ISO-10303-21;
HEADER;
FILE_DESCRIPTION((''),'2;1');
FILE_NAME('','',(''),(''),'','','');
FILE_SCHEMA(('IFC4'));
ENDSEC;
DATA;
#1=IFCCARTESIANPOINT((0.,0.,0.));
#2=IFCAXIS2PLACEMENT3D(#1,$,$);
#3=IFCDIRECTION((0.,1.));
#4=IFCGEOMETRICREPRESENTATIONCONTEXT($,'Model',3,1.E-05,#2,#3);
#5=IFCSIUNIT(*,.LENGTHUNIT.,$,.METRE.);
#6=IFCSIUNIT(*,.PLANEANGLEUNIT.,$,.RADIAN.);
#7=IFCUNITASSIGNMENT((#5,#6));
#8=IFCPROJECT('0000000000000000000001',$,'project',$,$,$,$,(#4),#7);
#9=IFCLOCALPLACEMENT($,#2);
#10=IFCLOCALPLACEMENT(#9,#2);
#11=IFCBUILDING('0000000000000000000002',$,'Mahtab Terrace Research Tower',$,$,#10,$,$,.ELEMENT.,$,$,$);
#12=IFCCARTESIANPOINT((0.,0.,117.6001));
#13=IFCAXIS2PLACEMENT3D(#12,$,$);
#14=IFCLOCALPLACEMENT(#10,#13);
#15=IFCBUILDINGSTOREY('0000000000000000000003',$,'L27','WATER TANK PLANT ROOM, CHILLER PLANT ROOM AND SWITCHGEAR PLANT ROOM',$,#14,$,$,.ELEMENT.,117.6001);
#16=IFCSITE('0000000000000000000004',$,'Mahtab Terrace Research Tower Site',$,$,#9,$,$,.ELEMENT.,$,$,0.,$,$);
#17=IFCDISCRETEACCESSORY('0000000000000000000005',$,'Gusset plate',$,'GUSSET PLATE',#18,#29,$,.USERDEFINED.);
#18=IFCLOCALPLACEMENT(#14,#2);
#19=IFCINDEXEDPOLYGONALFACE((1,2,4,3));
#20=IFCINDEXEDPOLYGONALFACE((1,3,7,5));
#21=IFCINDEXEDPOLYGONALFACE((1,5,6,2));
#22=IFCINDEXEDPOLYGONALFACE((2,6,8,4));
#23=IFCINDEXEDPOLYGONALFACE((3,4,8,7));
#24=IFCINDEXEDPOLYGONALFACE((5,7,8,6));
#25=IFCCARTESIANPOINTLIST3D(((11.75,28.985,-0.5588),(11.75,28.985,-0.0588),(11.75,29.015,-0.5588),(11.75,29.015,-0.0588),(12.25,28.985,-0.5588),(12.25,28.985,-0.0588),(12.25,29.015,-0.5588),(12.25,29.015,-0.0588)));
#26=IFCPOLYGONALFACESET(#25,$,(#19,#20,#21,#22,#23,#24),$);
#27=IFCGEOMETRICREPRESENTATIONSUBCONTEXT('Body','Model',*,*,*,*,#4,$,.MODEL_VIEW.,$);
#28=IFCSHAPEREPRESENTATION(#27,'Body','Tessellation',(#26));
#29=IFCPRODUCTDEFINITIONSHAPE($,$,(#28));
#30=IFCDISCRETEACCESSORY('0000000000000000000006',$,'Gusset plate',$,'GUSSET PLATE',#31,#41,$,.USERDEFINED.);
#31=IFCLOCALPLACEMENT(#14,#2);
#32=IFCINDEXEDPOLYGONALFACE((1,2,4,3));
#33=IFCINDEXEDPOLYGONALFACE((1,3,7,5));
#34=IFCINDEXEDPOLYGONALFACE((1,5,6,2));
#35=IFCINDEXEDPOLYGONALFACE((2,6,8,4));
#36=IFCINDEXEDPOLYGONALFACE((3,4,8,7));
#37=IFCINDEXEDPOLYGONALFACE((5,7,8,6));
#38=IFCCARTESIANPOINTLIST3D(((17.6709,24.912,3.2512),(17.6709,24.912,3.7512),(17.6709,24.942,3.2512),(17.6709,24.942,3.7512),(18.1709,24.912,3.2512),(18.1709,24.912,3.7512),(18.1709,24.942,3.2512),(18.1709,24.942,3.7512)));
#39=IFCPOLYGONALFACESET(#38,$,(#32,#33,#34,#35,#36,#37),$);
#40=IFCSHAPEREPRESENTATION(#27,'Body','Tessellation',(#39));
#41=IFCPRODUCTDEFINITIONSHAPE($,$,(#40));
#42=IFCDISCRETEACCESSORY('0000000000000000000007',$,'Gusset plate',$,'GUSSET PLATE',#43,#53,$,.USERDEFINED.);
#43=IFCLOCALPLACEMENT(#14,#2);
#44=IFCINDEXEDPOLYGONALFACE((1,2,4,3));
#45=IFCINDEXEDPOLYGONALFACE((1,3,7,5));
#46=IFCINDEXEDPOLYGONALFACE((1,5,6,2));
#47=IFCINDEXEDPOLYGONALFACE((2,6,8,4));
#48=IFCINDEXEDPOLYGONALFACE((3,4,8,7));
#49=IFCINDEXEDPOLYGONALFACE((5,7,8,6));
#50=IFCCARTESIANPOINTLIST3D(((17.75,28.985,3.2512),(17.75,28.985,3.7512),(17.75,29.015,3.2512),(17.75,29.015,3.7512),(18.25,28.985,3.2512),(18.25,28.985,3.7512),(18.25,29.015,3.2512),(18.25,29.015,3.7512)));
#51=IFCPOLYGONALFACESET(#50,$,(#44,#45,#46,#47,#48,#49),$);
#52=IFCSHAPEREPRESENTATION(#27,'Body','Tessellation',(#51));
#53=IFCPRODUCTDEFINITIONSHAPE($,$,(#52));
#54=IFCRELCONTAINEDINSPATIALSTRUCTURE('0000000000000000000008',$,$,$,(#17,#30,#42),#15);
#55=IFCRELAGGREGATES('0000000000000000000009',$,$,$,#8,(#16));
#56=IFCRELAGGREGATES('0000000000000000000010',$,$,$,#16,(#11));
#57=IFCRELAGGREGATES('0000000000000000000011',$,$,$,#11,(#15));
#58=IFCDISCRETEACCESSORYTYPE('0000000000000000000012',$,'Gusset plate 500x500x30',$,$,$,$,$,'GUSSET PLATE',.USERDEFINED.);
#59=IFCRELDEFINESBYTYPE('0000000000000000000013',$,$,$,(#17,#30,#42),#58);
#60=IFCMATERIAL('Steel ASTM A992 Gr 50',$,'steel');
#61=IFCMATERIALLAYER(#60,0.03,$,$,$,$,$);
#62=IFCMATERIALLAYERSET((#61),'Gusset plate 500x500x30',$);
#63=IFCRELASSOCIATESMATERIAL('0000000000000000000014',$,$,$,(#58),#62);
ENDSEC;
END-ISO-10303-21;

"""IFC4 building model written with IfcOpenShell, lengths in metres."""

from ifc_helpers import new_model, si_unit, direction, frame, origin, origin_2d, place, context, subcontext, project, spatial, rectangle, extrude, material, layer, layer_set, type_object, element, save


model = new_model("IFC4")

# Units and contexts
model_context = context("Model", 3, precision=1e-05, world=origin(), true_north=direction((0.0, 1.0)))
body_context = subcontext(model_context, "Body", "Model", "MODEL_VIEW")
ifc_project = project(units=[si_unit("LENGTHUNIT", "METRE"), si_unit("PLANEANGLEUNIT", "RADIAN")], contexts=[model_context])

# Site, building, storey
site_placement = place(None, origin())
site = spatial("IfcSite", under=ifc_project, at=site_placement, Name="Mahtab Terrace Research Tower Site", CompositionType="ELEMENT", RefElevation=0.0)
building_placement = place(site_placement, origin())
building = spatial("IfcBuilding", under=site, at=building_placement, Name="Mahtab Terrace Research Tower", CompositionType="ELEMENT")
storey_placement = place(building_placement, frame((0.0, 0.0, 117.6001)))
storey = spatial("IfcBuildingStorey", under=building, at=storey_placement, Name="L27", Description="WATER TANK PLANT ROOM, CHILLER PLANT ROOM AND SWITCHGEAR PLANT ROOM", CompositionType="ELEMENT", Elevation=117.6001)

# Shared definitions
ifc_material_1 = material(Name="Steel ASTM A992 Gr 50", Category="steel")

# Discrete accessories
ifc_layer = layer(ifc_material_1, 0.03)
ifc_layer_set = layer_set([ifc_layer], Name="Gusset plate 500x500x30")
discrete_accessory_type_1 = type_object("IfcDiscreteAccessoryType", Name="Gusset plate 500x500x30", ElementType="GUSSET PLATE", PredefinedType="USERDEFINED", material=ifc_layer_set)
for number, where, z_axis, x_axis, name in (
    (1, (12.0, 29.0, -0.5588), (0.0, 0.0, 1.0), (1.0, 0.0, 0.0), "Gusset plate"),
    (2, (17.9209, 24.927, 3.2512), (0.0, 0.0, 1.0), (1.0, 0.0, 0.0), "Gusset plate"),
    (3, (18.0, 29.0, 3.2512), (0.0, 0.0, 1.0), (1.0, 0.0, 0.0), "Gusset plate"),
):
    element("IfcDiscreteAccessory", number, at=place(storey_placement, frame(where, z_axis=z_axis, x_axis=x_axis)), inside=storey, type_object=discrete_accessory_type_1, Name=name, ObjectType="GUSSET PLATE", PredefinedType="USERDEFINED", context=body_context, shape_type="SweptSolid", body=[
        extrude(rectangle(XDim=0.5, YDim=0.03, at=origin_2d()), origin(), (0.0, 0.0, 1.0), 0.5),
    ])

save(model, "model.ifc")
